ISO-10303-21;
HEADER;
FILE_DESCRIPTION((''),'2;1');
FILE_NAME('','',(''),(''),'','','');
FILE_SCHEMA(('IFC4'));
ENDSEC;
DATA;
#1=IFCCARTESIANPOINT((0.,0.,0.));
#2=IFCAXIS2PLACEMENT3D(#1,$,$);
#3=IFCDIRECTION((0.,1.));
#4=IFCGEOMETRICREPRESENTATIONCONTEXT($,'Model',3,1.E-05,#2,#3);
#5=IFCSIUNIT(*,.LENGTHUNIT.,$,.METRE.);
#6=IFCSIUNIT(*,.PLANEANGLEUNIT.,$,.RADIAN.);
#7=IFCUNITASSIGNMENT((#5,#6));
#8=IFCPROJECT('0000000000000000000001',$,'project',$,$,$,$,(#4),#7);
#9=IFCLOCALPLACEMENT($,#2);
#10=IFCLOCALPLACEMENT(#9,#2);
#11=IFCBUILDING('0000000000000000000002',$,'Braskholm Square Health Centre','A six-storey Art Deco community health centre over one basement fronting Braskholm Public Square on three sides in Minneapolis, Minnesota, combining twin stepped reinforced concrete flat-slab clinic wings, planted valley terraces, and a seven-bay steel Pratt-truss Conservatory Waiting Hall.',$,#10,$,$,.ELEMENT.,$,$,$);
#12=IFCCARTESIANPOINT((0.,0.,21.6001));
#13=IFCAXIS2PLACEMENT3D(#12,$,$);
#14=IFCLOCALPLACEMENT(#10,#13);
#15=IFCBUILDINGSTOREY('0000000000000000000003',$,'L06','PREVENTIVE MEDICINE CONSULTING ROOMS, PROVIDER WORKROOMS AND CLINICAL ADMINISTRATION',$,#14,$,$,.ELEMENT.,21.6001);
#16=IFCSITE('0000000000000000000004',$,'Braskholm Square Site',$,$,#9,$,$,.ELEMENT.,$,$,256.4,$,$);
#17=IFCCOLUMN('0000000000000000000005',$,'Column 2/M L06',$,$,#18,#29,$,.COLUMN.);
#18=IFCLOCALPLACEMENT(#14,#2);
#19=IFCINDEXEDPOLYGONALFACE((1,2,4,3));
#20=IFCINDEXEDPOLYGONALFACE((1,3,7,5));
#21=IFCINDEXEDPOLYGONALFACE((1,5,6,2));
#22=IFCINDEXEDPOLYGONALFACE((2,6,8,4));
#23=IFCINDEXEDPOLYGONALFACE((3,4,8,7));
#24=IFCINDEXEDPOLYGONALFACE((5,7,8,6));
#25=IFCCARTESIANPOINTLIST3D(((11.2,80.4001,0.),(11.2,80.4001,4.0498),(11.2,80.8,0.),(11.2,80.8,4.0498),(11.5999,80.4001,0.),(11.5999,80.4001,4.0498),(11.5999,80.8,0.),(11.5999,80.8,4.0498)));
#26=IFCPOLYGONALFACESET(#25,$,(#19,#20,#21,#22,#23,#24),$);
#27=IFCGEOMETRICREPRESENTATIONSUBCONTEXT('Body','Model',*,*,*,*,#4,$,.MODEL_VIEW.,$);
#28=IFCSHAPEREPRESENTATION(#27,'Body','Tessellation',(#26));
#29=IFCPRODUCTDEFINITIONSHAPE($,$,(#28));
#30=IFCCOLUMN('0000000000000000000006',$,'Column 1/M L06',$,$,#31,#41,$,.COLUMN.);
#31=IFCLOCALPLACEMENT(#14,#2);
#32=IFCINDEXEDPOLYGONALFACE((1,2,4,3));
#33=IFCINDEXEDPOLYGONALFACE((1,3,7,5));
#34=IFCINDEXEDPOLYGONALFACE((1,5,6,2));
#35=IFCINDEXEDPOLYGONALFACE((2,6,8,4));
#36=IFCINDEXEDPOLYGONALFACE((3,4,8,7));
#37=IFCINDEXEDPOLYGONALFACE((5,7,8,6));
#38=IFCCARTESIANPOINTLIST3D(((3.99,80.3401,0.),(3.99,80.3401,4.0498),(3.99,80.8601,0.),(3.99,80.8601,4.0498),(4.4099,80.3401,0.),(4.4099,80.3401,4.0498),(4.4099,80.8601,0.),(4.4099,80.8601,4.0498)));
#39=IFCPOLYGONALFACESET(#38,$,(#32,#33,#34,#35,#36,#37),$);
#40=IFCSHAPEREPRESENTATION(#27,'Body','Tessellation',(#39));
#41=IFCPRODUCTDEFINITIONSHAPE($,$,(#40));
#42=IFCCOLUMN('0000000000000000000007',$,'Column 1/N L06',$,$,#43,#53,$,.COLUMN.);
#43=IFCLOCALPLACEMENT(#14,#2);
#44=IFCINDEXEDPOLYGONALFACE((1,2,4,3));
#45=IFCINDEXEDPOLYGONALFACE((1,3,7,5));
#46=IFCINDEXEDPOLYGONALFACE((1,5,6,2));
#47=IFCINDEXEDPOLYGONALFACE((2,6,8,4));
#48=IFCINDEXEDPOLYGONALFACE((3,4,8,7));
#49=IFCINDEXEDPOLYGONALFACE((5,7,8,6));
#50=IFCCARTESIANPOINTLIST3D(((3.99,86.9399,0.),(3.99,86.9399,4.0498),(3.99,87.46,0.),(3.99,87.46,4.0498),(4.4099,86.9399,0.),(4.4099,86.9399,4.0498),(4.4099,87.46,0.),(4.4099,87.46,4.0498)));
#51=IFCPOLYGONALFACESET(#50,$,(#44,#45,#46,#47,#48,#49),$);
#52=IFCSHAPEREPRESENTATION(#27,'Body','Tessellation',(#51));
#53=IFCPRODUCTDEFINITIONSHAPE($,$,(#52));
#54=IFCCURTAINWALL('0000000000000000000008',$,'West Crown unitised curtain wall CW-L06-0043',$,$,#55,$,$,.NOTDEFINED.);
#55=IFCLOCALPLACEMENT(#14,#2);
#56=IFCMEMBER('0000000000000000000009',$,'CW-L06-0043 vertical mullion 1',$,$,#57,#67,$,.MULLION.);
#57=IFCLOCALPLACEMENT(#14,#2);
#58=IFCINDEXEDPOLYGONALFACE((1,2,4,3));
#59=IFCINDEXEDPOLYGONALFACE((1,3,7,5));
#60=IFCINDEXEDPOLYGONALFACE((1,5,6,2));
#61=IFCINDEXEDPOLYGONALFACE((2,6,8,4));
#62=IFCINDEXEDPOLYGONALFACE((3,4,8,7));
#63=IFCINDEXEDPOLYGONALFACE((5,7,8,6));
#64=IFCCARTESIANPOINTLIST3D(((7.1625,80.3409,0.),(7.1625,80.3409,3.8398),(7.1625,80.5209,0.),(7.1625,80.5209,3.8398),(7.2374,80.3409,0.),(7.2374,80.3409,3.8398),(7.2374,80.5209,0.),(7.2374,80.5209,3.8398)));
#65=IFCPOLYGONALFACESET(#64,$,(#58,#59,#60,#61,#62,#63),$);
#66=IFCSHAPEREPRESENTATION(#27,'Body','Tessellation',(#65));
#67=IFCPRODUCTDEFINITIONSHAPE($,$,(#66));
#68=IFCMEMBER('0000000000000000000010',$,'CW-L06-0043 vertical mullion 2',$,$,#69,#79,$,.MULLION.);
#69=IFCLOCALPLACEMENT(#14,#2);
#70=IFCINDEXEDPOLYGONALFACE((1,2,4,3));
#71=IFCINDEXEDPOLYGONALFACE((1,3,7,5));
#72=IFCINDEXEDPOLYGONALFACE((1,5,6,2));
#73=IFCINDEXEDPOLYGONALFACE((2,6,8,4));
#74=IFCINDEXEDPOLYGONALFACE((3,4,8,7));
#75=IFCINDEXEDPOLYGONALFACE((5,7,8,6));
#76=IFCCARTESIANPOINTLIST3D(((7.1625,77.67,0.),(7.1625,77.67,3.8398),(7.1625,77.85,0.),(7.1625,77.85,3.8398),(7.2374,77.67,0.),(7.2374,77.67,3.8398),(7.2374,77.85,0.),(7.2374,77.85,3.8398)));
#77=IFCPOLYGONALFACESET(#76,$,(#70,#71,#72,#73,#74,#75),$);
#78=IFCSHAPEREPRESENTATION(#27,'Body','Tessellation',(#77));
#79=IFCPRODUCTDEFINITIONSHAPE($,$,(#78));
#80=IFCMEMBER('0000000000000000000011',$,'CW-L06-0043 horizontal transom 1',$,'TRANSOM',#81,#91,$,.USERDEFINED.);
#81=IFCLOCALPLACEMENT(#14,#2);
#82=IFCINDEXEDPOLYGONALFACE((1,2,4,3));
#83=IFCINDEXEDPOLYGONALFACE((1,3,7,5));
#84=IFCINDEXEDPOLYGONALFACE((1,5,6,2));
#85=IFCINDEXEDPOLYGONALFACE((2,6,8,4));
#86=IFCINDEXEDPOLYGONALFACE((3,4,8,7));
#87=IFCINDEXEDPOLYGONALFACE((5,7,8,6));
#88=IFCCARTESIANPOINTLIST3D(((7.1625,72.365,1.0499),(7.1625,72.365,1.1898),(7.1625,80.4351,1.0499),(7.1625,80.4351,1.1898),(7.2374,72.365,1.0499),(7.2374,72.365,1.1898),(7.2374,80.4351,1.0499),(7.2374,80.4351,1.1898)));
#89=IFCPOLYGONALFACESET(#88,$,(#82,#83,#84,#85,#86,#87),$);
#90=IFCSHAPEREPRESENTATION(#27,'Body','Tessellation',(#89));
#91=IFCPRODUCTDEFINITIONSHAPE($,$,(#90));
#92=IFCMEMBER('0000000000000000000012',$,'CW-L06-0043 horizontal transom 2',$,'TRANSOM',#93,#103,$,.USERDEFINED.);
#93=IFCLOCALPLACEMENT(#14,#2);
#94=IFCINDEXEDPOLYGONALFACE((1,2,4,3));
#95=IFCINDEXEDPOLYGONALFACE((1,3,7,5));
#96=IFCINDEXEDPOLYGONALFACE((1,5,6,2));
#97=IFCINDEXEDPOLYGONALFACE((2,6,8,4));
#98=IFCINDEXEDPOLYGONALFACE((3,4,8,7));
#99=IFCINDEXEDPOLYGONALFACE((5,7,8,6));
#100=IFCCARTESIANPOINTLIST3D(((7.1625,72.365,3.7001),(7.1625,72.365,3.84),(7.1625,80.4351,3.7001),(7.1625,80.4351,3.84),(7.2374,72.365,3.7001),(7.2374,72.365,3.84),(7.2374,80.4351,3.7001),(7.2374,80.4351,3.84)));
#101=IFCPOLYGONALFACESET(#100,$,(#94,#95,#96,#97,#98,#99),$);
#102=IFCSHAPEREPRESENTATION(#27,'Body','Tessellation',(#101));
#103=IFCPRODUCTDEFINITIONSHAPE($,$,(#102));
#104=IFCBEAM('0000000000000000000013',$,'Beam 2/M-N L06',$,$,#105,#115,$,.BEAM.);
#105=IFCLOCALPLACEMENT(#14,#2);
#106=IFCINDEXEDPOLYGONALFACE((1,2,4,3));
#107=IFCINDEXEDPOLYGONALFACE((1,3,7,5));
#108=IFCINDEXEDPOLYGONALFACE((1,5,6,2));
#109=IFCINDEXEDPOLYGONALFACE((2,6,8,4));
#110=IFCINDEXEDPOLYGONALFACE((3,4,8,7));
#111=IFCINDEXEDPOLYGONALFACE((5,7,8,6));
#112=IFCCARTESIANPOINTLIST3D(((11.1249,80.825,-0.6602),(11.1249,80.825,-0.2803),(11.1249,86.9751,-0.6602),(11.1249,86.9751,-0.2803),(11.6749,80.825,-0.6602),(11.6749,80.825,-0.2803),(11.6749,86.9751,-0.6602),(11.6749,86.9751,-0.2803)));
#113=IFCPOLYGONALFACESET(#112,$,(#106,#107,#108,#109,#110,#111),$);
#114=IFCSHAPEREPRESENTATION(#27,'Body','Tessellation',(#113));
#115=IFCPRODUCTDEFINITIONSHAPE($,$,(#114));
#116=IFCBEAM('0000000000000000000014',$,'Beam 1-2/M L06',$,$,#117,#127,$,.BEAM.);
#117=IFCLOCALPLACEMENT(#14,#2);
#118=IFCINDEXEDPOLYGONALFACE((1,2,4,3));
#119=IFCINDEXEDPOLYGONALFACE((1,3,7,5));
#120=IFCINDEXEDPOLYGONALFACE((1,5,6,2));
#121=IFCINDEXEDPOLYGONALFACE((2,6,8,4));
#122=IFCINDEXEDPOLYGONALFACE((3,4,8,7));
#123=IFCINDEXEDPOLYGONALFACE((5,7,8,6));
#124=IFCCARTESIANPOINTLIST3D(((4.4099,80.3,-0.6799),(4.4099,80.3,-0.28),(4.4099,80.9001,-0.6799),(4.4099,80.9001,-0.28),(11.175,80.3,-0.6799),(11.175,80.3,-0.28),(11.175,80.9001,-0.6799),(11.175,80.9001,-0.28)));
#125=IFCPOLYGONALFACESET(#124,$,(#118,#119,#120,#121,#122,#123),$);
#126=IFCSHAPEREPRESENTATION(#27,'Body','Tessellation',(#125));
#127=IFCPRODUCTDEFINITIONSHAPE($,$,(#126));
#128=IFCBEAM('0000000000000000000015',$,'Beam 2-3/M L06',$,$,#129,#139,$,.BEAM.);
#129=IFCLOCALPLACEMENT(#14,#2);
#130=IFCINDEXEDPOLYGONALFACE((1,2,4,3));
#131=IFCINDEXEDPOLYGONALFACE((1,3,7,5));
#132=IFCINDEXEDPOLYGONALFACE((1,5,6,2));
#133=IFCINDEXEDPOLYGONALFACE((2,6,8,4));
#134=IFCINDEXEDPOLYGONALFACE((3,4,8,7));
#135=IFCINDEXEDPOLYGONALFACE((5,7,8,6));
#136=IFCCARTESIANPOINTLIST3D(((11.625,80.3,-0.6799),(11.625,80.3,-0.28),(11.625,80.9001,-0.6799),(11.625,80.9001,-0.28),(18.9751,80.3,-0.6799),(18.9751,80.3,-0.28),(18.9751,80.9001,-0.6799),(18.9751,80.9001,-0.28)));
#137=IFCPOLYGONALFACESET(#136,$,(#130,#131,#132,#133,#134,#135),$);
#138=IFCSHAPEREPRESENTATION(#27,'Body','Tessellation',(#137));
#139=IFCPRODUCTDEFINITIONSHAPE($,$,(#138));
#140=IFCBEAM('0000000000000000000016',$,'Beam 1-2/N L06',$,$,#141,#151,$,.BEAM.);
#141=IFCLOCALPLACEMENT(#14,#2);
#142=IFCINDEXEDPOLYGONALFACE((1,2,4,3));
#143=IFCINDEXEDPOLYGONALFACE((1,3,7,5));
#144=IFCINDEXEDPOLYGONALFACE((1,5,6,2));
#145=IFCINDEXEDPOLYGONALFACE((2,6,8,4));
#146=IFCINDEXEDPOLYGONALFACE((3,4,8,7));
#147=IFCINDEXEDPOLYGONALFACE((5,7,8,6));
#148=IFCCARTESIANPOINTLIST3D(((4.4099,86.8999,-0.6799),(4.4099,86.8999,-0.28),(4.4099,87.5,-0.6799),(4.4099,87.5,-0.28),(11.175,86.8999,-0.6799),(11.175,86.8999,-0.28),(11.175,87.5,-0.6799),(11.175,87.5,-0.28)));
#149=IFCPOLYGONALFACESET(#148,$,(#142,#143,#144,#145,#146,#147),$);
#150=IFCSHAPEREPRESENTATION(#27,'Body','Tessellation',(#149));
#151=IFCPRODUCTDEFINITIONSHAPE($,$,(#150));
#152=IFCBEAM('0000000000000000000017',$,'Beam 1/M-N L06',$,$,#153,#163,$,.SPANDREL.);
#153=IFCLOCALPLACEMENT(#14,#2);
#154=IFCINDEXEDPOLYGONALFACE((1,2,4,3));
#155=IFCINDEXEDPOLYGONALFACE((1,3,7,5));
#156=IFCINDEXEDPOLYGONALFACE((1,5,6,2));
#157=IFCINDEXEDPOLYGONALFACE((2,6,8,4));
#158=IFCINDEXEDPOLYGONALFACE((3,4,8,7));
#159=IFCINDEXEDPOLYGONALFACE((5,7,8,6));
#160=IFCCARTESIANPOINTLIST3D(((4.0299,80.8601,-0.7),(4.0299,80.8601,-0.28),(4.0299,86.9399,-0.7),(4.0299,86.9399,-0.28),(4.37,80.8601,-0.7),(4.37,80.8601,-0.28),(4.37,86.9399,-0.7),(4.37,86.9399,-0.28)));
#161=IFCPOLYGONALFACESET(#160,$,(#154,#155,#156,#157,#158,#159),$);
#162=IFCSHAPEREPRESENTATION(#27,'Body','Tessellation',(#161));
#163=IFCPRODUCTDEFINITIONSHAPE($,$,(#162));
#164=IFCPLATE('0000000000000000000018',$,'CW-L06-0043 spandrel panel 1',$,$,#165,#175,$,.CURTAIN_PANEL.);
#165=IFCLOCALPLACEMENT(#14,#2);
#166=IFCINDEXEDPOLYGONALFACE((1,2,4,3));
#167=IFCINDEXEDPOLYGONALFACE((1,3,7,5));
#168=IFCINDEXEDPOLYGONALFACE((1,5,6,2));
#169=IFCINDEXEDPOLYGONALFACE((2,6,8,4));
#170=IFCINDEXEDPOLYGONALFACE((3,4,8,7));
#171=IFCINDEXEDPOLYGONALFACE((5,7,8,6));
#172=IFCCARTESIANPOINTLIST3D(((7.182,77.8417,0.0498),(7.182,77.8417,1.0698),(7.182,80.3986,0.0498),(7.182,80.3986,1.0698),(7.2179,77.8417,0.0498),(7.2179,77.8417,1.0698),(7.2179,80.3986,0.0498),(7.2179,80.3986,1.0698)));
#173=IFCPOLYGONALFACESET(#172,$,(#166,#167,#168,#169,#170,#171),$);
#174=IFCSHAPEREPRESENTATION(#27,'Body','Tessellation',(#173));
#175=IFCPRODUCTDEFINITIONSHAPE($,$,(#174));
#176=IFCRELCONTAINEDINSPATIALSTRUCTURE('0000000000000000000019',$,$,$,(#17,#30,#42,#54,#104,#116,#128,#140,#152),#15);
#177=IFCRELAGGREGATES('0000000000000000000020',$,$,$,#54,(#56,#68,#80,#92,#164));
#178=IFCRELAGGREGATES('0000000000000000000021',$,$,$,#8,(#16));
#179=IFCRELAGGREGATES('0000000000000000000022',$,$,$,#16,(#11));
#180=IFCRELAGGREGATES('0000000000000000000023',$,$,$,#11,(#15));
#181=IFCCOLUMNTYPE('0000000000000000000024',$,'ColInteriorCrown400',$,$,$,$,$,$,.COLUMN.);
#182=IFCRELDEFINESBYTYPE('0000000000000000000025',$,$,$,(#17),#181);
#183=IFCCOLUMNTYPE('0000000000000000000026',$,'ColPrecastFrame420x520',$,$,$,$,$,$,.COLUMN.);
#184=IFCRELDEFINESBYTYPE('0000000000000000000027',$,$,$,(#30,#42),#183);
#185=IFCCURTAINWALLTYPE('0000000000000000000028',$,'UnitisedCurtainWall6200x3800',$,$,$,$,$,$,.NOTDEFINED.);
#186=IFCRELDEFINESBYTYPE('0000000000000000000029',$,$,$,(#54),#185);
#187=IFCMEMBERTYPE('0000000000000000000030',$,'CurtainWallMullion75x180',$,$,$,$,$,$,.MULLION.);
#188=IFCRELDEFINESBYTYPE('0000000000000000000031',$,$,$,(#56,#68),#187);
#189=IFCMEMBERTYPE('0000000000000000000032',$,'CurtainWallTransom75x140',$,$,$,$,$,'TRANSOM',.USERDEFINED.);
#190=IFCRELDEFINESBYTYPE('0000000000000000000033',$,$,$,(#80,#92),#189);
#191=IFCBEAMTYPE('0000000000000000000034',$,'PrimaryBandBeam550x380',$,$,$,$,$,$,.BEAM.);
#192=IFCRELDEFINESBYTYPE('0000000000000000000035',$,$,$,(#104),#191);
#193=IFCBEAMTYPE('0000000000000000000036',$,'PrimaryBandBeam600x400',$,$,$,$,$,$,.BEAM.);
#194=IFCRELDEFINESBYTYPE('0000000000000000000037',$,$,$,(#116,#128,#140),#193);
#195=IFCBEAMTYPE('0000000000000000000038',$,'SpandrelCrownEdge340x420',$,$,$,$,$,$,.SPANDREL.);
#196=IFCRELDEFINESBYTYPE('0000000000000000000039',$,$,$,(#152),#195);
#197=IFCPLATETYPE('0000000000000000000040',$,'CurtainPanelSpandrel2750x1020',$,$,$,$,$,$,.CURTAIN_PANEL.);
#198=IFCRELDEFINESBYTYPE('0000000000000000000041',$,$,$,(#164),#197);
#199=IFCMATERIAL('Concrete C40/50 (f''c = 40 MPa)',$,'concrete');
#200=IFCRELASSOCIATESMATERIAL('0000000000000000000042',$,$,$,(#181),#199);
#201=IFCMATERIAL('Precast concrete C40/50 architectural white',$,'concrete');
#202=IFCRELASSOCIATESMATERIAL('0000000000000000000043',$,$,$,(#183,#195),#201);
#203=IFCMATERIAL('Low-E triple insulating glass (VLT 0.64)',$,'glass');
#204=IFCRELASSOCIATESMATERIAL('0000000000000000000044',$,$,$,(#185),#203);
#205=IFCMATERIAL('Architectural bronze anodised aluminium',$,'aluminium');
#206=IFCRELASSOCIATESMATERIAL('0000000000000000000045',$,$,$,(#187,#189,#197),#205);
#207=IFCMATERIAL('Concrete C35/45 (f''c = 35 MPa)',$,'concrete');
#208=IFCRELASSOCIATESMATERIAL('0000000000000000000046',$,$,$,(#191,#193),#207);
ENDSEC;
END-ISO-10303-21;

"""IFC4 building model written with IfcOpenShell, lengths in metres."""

from ifc_helpers import new_model, si_unit, direction, frame, origin, origin_2d, place, context, subcontext, project, spatial, rectangle, extrude, material, material_profile, profile_set, type_object, element, aggregate, save


model = new_model("IFC4")

# Units and contexts
model_context = context("Model", 3, precision=1e-05, world=origin(), true_north=direction((0.0, 1.0)))
body_context = subcontext(model_context, "Body", "Model", "MODEL_VIEW")
ifc_project = project(units=[si_unit("LENGTHUNIT", "METRE"), si_unit("PLANEANGLEUNIT", "RADIAN")], contexts=[model_context])

# Site, building, storey
site_placement = place(None, origin())
site = spatial("IfcSite", under=ifc_project, at=site_placement, Name="Braskholm Square Site", CompositionType="ELEMENT", RefElevation=256.4)
building_placement = place(site_placement, origin())
building = spatial("IfcBuilding", under=site, at=building_placement, Name="Braskholm Square Health Centre", Description="A six-storey Art Deco community health centre over one basement fronting Braskholm Public Square on three sides in Minneapolis, Minnesota, combining twin stepped reinforced concrete flat-slab clinic wings, planted valley terraces, and a seven-bay steel Pratt-truss Conservatory Waiting Hall.", CompositionType="ELEMENT")
storey_placement = place(building_placement, frame((0.0, 0.0, 21.6001)))
storey = spatial("IfcBuildingStorey", under=building, at=storey_placement, Name="L06", Description="PREVENTIVE MEDICINE CONSULTING ROOMS, PROVIDER WORKROOMS AND CLINICAL ADMINISTRATION", CompositionType="ELEMENT", Elevation=21.6001)

# Columns
ifc_material_1 = material(Name="Concrete C40/50 (f'c = 40 MPa)", Category="concrete")
ifc_material_profile_1 = material_profile(ifc_material_1, rectangle(XDim=0.3999, YDim=0.3999, at=origin_2d()), Name="RC-400X400")
ifc_profile_set_1 = profile_set([ifc_material_profile_1], Name="Concrete C40/50 (f'c = 40 MPa)")
column_type_1 = type_object("IfcColumnType", Name="ColInteriorCrown400", PredefinedType="COLUMN", material=ifc_profile_set_1)
column_placement = place(storey_placement, frame((11.3999, 80.6001, 0.0), z_axis=(0.0, 0.0, 1.0), x_axis=(1.0, 0.0, 0.0)))
element("IfcColumn", 1, at=column_placement, inside=storey, type_object=column_type_1, Name="Column 2/M L06", PredefinedType="COLUMN", context=body_context, shape_type="SweptSolid", body=[
    extrude(rectangle(XDim=0.3999, YDim=0.3999, at=origin_2d()), origin(), (0.0, 0.0, 1.0), 4.0498),
])
ifc_material_2 = material(Name="Precast concrete C40/50 architectural white", Category="concrete")
ifc_material_profile_2 = material_profile(ifc_material_2, rectangle(XDim=0.4199, YDim=0.52, at=origin_2d()), Name="RC-420X520")
ifc_profile_set_2 = profile_set([ifc_material_profile_2], Name="Precast concrete C40/50 architectural white")
column_type_2 = type_object("IfcColumnType", Name="ColPrecastFrame420x520", PredefinedType="COLUMN", material=ifc_profile_set_2)
for number, where, z_axis, x_axis, name in (
    (2, (4.2, 80.6001, 0.0), (0.0, 0.0, 1.0), (1.0, 0.0, 0.0), "Column 1/M L06"),
    (3, (4.2, 87.2, 0.0), (0.0, 0.0, 1.0), (1.0, 0.0, 0.0), "Column 1/N L06"),
):
    element("IfcColumn", number, at=place(storey_placement, frame(where, z_axis=z_axis, x_axis=x_axis)), inside=storey, type_object=column_type_2, Name=name, PredefinedType="COLUMN", context=body_context, shape_type="SweptSolid", body=[
        extrude(rectangle(XDim=0.4199, YDim=0.52, at=origin_2d()), origin(), (0.0, 0.0, 1.0), 4.0498),
    ])

# Curtain wall, members
ifc_material_3 = material(Name="Low-E triple insulating glass (VLT 0.64)", Category="glass")
curtain_wall_type = type_object("IfcCurtainWallType", Name="UnitisedCurtainWall6200x3800", PredefinedType="NOTDEFINED", material=ifc_material_3)
curtain_wall_placement = place(storey_placement, origin())
curtain_wall = element("IfcCurtainWall", 4, at=curtain_wall_placement, inside=storey, type_object=curtain_wall_type, Name="West Crown unitised curtain wall CW-L06-0043", PredefinedType="NOTDEFINED")
ifc_material_4 = material(Name="Architectural bronze anodised aluminium", Category="aluminium")
ifc_material_profile_3 = material_profile(ifc_material_4, rectangle(XDim=0.075, YDim=0.1799, at=origin_2d()), Name="ALU-75X180")
ifc_profile_set_3 = profile_set([ifc_material_profile_3], Name="Architectural bronze anodised aluminium")
member_type_1 = type_object("IfcMemberType", Name="CurtainWallMullion75x180", PredefinedType="MULLION", material=ifc_profile_set_3)
member_1_placement = place(storey_placement, frame((7.2, 80.4309, 0.0), z_axis=(0.0, 0.0, 1.0), x_axis=(1.0, 0.0, 0.0)))
member_1 = element("IfcMember", 5, at=member_1_placement, type_object=member_type_1, Name="CW-L06-0043 vertical mullion 1", PredefinedType="MULLION", context=body_context, shape_type="SweptSolid", body=[
    extrude(rectangle(XDim=0.075, YDim=0.1799, at=origin_2d()), origin(), (0.0, 0.0, 1.0), 3.8398),
])
member_2_placement = place(storey_placement, frame((7.2, 77.76, 0.0), z_axis=(0.0, 0.0, 1.0), x_axis=(1.0, 0.0, 0.0)))
member_2 = element("IfcMember", 6, at=member_2_placement, type_object=member_type_1, Name="CW-L06-0043 vertical mullion 2", PredefinedType="MULLION", context=body_context, shape_type="SweptSolid", body=[
    extrude(rectangle(XDim=0.075, YDim=0.1799, at=origin_2d()), origin(), (0.0, 0.0, 1.0), 3.8398),
])
ifc_material_profile_4 = material_profile(ifc_material_4, rectangle(XDim=0.075, YDim=0.1399, at=origin_2d()), Name="ALU-75X140")
ifc_profile_set_4 = profile_set([ifc_material_profile_4], Name="Architectural bronze anodised aluminium")
member_type_2 = type_object("IfcMemberType", Name="CurtainWallTransom75x140", ElementType="TRANSOM", PredefinedType="USERDEFINED", material=ifc_profile_set_4)
member_3_placement = place(storey_placement, frame((7.2, 80.4351, 1.1199), z_axis=(0.0, -1.0, 0.0), x_axis=(1.0, 0.0, 0.0)))
member_3 = element("IfcMember", 7, at=member_3_placement, type_object=member_type_2, Name="CW-L06-0043 horizontal transom 1", ObjectType="TRANSOM", PredefinedType="USERDEFINED", context=body_context, shape_type="SweptSolid", body=[
    extrude(rectangle(XDim=0.075, YDim=0.1399, at=origin_2d()), origin(), (0.0, 0.0, 1.0), 8.0701),
])
member_4_placement = place(storey_placement, frame((7.2, 80.4351, 3.77), z_axis=(0.0, -1.0, 0.0), x_axis=(1.0, 0.0, 0.0)))
member_4 = element("IfcMember", 8, at=member_4_placement, type_object=member_type_2, Name="CW-L06-0043 horizontal transom 2", ObjectType="TRANSOM", PredefinedType="USERDEFINED", context=body_context, shape_type="SweptSolid", body=[
    extrude(rectangle(XDim=0.075, YDim=0.1399, at=origin_2d()), origin(), (0.0, 0.0, 1.0), 8.0701),
])

# Beams
ifc_material_5 = material(Name="Concrete C35/45 (f'c = 35 MPa)", Category="concrete")
ifc_material_profile_5 = material_profile(ifc_material_5, rectangle(XDim=0.55, YDim=0.3799, at=origin_2d()), Name="RCB-550X380")
ifc_profile_set_5 = profile_set([ifc_material_profile_5], Name="Concrete C35/45 (f'c = 35 MPa)")
beam_type_1 = type_object("IfcBeamType", Name="PrimaryBandBeam550x380", PredefinedType="BEAM", material=ifc_profile_set_5)
beam_1_placement = place(storey_placement, frame((11.3999, 80.825, -0.4702), z_axis=(0.0, 1.0, 0.0), x_axis=(-1.0, 0.0, 0.0)))
element("IfcBeam", 9, at=beam_1_placement, inside=storey, type_object=beam_type_1, Name="Beam 2/M-N L06", PredefinedType="BEAM", context=body_context, shape_type="SweptSolid", body=[
    extrude(rectangle(XDim=0.55, YDim=0.3799, at=origin_2d()), origin(), (0.0, 0.0, 1.0), 6.1501),
])
ifc_material_profile_6 = material_profile(ifc_material_5, rectangle(XDim=0.6001, YDim=0.3999, at=origin_2d()), Name="RCB-600X400")
ifc_profile_set_6 = profile_set([ifc_material_profile_6], Name="Concrete C35/45 (f'c = 35 MPa)")
beam_type_2 = type_object("IfcBeamType", Name="PrimaryBandBeam600x400", PredefinedType="BEAM", material=ifc_profile_set_6)
beam_2_placement = place(storey_placement, frame((4.4099, 80.6001, -0.48), z_axis=(1.0, 0.0, 0.0), x_axis=(0.0, 1.0, 0.0)))
element("IfcBeam", 10, at=beam_2_placement, inside=storey, type_object=beam_type_2, Name="Beam 1-2/M L06", PredefinedType="BEAM", context=body_context, shape_type="SweptSolid", body=[
    extrude(rectangle(XDim=0.6001, YDim=0.3999, at=origin_2d()), origin(), (0.0, 0.0, 1.0), 6.7651),
])
beam_3_placement = place(storey_placement, frame((11.625, 80.6001, -0.48), z_axis=(1.0, 0.0, 0.0), x_axis=(0.0, 1.0, 0.0)))
element("IfcBeam", 11, at=beam_3_placement, inside=storey, type_object=beam_type_2, Name="Beam 2-3/M L06", PredefinedType="BEAM", context=body_context, shape_type="SweptSolid", body=[
    extrude(rectangle(XDim=0.6001, YDim=0.3999, at=origin_2d()), origin(), (0.0, 0.0, 1.0), 7.3501),
])
beam_4_placement = place(storey_placement, frame((4.4099, 87.2, -0.48), z_axis=(1.0, 0.0, 0.0), x_axis=(0.0, 1.0, 0.0)))
element("IfcBeam", 12, at=beam_4_placement, inside=storey, type_object=beam_type_2, Name="Beam 1-2/N L06", PredefinedType="BEAM", context=body_context, shape_type="SweptSolid", body=[
    extrude(rectangle(XDim=0.6001, YDim=0.3999, at=origin_2d()), origin(), (0.0, 0.0, 1.0), 6.7651),
])
ifc_material_profile_7 = material_profile(ifc_material_2, rectangle(XDim=0.3401, YDim=0.4199, at=origin_2d()), Name="RCB-340X420")
ifc_profile_set_7 = profile_set([ifc_material_profile_7], Name="Precast concrete C40/50 architectural white")
beam_type_3 = type_object("IfcBeamType", Name="SpandrelCrownEdge340x420", PredefinedType="SPANDREL", material=ifc_profile_set_7)
beam_5_placement = place(storey_placement, frame((4.2, 80.8601, -0.49), z_axis=(0.0, 1.0, 0.0), x_axis=(-1.0, 0.0, 0.0)))
element("IfcBeam", 13, at=beam_5_placement, inside=storey, type_object=beam_type_3, Name="Beam 1/M-N L06", PredefinedType="SPANDREL", context=body_context, shape_type="SweptSolid", body=[
    extrude(rectangle(XDim=0.3401, YDim=0.4199, at=origin_2d()), origin(), (0.0, 0.0, 1.0), 6.0798),
])

# Plate
plate_type_1 = type_object("IfcPlateType", Name="CurtainPanelSpandrel2750x1020", PredefinedType="CURTAIN_PANEL", material=ifc_material_4)
plate_1_placement = place(storey_placement, frame((7.2, 79.1201, 0.0498), z_axis=(0.0, 0.0, 1.0), x_axis=(0.0, -1.0, 0.0)))
plate_1 = element("IfcPlate", 14, at=plate_1_placement, type_object=plate_type_1, Name="CW-L06-0043 spandrel panel 1", PredefinedType="CURTAIN_PANEL", context=body_context, shape_type="SweptSolid", body=[
    extrude(rectangle(XDim=2.5569, YDim=0.0359, at=origin_2d()), origin(), (0.0, 0.0, 1.0), 1.02),
])
aggregate(curtain_wall, [member_1, member_2, member_3, member_4, plate_1])

save(model, "model.ifc")
